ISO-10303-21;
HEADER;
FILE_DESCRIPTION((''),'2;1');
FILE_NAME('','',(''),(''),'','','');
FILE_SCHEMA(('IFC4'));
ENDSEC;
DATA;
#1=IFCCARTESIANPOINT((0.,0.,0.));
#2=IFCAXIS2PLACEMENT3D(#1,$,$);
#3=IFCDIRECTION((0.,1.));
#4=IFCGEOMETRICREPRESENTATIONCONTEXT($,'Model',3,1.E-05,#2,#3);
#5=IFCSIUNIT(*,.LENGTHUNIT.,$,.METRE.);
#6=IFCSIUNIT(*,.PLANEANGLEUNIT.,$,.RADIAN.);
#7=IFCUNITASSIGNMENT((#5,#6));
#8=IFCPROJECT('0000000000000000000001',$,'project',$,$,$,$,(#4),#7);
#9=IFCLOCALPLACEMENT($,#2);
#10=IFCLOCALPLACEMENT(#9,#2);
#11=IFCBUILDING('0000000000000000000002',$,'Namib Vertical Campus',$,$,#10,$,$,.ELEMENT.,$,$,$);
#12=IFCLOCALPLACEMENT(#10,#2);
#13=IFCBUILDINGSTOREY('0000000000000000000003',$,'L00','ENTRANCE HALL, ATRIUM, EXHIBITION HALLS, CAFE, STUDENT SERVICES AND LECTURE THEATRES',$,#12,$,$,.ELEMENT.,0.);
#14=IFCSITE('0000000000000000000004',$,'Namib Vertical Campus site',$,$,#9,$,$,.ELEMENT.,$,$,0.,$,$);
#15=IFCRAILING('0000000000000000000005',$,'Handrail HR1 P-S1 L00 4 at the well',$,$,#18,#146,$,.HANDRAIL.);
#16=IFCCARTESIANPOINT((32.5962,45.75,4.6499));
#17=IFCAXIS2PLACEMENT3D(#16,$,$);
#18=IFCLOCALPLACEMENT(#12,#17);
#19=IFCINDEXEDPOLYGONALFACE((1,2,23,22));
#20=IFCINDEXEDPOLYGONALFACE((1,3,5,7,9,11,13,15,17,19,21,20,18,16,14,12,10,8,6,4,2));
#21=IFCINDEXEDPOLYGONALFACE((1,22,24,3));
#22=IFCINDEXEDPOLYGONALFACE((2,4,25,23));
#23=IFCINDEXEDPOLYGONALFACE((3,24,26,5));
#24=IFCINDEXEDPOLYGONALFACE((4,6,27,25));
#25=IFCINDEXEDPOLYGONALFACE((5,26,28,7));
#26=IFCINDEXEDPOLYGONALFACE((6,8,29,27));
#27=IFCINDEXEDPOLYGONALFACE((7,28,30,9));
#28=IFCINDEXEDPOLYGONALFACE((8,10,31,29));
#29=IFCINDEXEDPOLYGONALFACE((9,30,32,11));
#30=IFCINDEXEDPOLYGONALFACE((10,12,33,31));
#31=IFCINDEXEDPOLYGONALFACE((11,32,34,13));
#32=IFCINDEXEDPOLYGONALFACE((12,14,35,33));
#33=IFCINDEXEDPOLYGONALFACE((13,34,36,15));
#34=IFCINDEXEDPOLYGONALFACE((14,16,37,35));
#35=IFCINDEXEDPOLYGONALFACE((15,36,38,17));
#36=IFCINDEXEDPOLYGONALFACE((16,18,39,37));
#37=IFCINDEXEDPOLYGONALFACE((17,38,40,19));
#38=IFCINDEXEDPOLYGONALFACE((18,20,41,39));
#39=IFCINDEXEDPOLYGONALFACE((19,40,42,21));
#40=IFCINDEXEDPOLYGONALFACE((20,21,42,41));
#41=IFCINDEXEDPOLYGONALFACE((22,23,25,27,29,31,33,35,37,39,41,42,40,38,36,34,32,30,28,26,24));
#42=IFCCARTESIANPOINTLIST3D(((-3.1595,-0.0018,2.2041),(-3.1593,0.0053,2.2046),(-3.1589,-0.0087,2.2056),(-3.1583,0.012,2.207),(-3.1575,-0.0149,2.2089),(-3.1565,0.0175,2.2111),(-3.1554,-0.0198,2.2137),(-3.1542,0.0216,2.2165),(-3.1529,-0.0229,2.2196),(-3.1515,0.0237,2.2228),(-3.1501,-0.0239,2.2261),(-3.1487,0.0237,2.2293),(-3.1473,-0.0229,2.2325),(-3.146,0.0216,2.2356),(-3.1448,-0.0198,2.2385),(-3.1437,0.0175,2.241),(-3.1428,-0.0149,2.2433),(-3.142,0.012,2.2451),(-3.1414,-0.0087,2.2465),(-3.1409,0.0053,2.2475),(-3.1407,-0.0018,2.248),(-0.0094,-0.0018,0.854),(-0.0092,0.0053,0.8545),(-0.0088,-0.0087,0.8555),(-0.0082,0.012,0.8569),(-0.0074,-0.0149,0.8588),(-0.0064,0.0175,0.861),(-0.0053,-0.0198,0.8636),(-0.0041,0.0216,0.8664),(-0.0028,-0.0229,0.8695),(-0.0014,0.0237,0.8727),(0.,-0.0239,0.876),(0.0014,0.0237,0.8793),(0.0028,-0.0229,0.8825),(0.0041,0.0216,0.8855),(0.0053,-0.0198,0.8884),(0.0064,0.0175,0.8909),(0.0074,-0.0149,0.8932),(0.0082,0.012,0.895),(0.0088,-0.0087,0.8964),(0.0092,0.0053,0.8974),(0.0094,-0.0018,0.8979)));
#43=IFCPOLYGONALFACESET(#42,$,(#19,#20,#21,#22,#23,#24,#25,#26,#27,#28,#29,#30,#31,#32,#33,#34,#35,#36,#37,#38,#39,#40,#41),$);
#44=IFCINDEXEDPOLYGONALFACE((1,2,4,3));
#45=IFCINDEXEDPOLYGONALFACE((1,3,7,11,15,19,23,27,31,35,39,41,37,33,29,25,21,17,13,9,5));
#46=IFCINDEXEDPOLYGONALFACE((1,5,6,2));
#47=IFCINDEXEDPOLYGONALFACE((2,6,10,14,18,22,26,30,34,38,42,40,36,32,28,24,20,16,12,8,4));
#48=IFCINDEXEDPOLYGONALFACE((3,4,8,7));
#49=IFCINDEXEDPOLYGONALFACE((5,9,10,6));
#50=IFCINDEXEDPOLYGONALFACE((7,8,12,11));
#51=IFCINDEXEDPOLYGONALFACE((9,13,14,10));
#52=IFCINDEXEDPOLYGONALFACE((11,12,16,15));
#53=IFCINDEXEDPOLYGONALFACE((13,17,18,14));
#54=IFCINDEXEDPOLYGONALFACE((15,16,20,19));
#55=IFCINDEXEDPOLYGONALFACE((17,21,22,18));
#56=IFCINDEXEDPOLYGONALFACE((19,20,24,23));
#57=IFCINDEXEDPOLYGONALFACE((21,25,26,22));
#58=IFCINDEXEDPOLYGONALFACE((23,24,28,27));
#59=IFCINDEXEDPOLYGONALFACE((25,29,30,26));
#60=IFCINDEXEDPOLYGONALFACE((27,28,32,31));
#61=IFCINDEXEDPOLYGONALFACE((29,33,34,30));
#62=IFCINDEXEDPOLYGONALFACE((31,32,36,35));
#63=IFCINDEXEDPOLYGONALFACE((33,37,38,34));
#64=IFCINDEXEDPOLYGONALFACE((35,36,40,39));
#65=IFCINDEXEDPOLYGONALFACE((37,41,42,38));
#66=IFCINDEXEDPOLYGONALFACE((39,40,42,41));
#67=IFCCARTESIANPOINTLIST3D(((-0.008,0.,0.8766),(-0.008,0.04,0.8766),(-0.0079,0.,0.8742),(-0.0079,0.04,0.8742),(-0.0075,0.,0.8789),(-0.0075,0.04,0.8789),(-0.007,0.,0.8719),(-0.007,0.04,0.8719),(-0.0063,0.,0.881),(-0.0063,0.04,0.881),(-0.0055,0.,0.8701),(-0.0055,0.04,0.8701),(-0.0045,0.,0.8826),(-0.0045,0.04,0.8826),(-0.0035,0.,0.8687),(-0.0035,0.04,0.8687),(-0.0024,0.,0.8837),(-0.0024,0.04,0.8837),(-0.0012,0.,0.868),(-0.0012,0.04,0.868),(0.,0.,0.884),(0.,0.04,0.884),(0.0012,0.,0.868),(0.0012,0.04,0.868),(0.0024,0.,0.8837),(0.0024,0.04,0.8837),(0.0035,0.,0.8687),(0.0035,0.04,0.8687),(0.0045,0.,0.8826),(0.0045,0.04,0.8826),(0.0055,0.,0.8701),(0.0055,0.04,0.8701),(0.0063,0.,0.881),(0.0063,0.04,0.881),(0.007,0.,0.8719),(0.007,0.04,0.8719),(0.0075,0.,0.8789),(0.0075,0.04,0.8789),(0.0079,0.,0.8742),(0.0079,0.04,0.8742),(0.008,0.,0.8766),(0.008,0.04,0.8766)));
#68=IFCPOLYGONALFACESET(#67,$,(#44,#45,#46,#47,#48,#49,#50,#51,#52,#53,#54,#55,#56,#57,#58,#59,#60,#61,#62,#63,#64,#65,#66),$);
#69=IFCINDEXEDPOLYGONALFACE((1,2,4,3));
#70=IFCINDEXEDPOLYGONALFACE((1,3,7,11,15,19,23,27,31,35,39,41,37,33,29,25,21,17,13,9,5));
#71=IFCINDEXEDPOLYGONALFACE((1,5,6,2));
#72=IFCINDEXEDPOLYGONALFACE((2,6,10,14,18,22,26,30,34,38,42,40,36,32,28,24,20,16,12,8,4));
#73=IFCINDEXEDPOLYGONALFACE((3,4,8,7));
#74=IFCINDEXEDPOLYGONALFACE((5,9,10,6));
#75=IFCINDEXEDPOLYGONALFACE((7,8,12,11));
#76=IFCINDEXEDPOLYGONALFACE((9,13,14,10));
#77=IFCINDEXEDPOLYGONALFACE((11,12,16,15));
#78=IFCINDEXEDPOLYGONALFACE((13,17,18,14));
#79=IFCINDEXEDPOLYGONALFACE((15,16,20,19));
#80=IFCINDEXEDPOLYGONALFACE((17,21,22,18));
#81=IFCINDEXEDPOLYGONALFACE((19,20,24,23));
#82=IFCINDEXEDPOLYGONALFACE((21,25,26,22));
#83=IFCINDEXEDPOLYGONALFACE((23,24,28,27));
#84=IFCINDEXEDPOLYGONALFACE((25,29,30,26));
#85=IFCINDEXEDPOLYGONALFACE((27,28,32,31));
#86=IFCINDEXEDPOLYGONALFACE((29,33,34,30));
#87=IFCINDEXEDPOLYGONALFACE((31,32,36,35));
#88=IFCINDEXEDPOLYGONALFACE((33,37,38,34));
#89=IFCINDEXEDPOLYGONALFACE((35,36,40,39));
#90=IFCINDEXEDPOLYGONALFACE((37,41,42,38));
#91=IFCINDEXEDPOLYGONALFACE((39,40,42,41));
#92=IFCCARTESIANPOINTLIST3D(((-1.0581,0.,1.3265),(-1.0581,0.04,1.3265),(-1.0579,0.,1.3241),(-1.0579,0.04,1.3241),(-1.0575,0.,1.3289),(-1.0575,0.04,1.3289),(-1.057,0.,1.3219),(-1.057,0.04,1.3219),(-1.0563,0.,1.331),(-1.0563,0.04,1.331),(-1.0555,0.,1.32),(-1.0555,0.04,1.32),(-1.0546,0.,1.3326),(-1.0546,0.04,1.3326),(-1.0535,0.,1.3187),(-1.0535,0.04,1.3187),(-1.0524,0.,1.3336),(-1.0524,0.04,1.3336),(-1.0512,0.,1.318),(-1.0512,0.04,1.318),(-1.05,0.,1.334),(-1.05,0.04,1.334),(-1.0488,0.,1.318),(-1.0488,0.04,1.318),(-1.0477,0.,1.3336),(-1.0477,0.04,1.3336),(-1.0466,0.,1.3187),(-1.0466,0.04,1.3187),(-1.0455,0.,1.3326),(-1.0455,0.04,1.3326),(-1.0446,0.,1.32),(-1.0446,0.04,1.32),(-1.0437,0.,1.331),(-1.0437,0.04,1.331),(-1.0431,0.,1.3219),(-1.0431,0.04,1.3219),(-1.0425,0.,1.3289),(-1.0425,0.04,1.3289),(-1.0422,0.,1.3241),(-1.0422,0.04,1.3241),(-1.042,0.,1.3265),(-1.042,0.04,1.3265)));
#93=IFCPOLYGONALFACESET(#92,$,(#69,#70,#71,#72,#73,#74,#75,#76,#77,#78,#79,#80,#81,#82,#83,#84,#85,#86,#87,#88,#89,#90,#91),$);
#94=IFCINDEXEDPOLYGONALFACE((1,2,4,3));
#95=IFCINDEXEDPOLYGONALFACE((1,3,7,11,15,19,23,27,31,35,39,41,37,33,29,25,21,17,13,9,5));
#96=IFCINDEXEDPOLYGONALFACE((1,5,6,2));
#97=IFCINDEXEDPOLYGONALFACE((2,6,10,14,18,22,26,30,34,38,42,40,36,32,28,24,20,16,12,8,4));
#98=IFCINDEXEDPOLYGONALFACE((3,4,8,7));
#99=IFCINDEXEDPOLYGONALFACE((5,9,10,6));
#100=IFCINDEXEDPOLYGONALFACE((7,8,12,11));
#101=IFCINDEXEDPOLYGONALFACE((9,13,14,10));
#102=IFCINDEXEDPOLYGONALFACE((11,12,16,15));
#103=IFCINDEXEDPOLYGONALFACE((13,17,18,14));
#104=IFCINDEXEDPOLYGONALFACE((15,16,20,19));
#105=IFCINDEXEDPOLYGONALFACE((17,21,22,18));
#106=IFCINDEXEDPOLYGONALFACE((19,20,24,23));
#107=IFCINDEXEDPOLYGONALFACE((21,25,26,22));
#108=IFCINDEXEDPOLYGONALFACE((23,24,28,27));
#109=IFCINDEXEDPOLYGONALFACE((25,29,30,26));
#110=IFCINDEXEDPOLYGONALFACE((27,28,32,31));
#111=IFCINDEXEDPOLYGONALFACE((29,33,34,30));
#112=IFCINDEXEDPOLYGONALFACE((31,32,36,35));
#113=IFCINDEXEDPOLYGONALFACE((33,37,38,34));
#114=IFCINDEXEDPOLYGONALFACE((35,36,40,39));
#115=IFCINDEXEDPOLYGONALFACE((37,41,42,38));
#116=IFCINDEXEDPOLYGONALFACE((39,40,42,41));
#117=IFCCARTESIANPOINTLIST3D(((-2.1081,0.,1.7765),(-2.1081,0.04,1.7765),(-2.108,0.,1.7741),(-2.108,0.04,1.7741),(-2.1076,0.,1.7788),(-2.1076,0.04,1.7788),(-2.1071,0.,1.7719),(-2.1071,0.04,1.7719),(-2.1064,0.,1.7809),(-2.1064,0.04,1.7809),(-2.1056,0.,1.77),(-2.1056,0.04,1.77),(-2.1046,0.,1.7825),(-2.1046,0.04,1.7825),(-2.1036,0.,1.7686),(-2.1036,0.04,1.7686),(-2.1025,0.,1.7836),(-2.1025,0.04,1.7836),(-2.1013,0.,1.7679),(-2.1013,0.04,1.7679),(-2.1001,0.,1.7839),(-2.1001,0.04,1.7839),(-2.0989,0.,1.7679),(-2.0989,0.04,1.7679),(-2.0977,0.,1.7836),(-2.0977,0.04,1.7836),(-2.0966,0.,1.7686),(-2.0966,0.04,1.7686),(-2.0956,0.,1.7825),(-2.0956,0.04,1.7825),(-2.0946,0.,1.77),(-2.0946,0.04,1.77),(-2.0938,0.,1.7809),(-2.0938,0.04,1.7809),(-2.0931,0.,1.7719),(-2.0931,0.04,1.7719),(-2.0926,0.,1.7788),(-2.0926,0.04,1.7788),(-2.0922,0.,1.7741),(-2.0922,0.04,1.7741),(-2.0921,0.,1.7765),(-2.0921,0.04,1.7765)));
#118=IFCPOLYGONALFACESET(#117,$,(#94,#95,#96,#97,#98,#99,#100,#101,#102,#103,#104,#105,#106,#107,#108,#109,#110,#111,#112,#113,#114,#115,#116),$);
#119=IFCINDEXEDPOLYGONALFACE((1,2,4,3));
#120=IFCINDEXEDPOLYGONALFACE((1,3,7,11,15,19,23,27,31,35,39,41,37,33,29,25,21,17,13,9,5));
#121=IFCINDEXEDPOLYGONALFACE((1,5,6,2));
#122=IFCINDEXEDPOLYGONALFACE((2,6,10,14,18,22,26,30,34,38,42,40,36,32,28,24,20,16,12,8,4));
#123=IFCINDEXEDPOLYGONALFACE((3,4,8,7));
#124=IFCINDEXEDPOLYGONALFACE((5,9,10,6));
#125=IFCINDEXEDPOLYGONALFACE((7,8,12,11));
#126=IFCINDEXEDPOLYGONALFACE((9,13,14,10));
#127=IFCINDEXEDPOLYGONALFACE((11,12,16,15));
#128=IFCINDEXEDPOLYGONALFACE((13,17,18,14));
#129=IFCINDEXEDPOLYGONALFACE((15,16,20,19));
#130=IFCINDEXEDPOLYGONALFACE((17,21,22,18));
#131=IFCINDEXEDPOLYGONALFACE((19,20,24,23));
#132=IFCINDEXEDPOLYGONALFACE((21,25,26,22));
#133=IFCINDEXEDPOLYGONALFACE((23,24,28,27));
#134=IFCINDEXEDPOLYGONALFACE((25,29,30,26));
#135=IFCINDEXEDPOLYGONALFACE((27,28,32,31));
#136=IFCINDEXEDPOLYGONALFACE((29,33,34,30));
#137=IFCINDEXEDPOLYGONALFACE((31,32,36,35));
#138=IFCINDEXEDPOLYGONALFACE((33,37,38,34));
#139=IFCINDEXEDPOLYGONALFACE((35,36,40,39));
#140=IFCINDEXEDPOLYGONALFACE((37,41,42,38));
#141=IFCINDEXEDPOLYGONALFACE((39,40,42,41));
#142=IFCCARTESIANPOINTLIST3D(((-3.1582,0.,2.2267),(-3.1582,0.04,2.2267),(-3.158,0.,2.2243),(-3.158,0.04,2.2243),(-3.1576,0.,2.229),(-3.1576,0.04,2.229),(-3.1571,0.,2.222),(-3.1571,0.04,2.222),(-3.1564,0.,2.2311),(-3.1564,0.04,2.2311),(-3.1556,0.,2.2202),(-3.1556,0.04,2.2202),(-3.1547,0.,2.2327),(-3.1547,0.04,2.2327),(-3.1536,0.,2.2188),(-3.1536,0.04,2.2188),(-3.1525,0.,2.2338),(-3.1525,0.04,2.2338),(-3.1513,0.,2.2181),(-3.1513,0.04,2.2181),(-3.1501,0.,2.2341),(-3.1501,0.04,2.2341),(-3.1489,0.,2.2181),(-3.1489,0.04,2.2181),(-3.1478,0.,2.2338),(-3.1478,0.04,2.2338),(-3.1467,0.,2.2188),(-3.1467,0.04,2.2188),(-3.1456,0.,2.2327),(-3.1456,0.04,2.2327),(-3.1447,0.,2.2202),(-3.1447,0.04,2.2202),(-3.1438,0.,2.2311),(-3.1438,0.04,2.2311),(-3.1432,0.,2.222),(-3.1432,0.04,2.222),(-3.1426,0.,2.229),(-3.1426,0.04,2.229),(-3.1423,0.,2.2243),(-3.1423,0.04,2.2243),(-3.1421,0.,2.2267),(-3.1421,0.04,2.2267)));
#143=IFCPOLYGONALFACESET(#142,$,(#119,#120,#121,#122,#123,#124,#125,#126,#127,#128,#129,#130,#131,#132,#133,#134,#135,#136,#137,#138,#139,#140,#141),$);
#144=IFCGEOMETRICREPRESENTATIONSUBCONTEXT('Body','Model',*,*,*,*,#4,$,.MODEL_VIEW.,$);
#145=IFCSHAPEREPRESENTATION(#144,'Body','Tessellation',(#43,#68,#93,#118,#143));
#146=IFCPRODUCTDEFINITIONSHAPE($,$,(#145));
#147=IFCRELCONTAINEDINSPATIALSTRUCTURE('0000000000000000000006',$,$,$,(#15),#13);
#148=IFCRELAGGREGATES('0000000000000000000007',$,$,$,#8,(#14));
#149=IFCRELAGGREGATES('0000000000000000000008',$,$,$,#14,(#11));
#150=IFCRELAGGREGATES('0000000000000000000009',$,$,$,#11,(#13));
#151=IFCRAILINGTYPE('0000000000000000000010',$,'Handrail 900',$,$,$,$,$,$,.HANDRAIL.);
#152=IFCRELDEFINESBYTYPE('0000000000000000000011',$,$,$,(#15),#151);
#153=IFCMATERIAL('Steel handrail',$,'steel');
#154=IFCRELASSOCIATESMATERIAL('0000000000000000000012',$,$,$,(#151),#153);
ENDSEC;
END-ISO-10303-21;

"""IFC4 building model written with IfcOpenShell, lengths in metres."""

from ifc_helpers import new_model, si_unit, direction, frame, origin, origin_2d, place, context, subcontext, project, spatial, circle, extrude, material, type_object, element, save


model = new_model("IFC4")

# Units and contexts
model_context = context("Model", 3, precision=1e-05, world=origin(), true_north=direction((0.0, 1.0)))
body_context = subcontext(model_context, "Body", "Model", "MODEL_VIEW")
ifc_project = project(units=[si_unit("LENGTHUNIT", "METRE"), si_unit("PLANEANGLEUNIT", "RADIAN")], contexts=[model_context])

# Site, building, storey
site_placement = place(None, origin())
site = spatial("IfcSite", under=ifc_project, at=site_placement, Name="Namib Vertical Campus site", CompositionType="ELEMENT", RefElevation=0.0)
building_placement = place(site_placement, origin())
building = spatial("IfcBuilding", under=site, at=building_placement, Name="Namib Vertical Campus", CompositionType="ELEMENT")
storey_placement = place(building_placement, origin())
storey = spatial("IfcBuildingStorey", under=building, at=storey_placement, Name="L00", Description="ENTRANCE HALL, ATRIUM, EXHIBITION HALLS, CAFE, STUDENT SERVICES AND LECTURE THEATRES", CompositionType="ELEMENT", Elevation=0.0)

# Railing
ifc_material_1 = material(Name="Steel handrail", Category="steel")
railing_type = type_object("IfcRailingType", Name="Handrail 900", PredefinedType="HANDRAIL", material=ifc_material_1)
railing_1_placement = place(storey_placement, frame((32.5962, 45.75, 4.6499)))
element("IfcRailing", 1, at=railing_1_placement, inside=storey, type_object=railing_type, Name="Handrail HR1 P-S1 L00 4 at the well", PredefinedType="HANDRAIL", context=body_context, shape_type="SweptSolid", body=[
    extrude(circle(Radius=0.0239, at=origin_2d()), frame((0.0, 0.0, 0.876), z_axis=(-0.919141, 0.0, 0.393928), x_axis=(0.0, -1.0, 0.0)), (0.0, 0.0, 1.0), 3.4272),
    extrude(circle(Radius=0.0081, at=origin_2d()), frame((0.0, 0.0, 0.876), z_axis=(0.0, 1.0, 0.0), x_axis=(0.0, 0.0, 1.0)), (0.0, 0.0, 1.0), 0.04),
    extrude(circle(Radius=0.0081, at=origin_2d()), frame((-1.05, 0.0, 1.3259), z_axis=(0.0, 1.0, 0.0), x_axis=(0.0, 0.0, 1.0)), (0.0, 0.0, 1.0), 0.04),
    extrude(circle(Radius=0.0081, at=origin_2d()), frame((-2.1001, 0.0, 1.7759), z_axis=(0.0, 1.0, 0.0), x_axis=(0.0, 0.0, 1.0)), (0.0, 0.0, 1.0), 0.04),
    extrude(circle(Radius=0.0081, at=origin_2d()), frame((-3.1501, 0.0, 2.2261), z_axis=(0.0, 1.0, 0.0), x_axis=(0.0, 0.0, 1.0)), (0.0, 0.0, 1.0), 0.04),
])

save(model, "model.ifc")
